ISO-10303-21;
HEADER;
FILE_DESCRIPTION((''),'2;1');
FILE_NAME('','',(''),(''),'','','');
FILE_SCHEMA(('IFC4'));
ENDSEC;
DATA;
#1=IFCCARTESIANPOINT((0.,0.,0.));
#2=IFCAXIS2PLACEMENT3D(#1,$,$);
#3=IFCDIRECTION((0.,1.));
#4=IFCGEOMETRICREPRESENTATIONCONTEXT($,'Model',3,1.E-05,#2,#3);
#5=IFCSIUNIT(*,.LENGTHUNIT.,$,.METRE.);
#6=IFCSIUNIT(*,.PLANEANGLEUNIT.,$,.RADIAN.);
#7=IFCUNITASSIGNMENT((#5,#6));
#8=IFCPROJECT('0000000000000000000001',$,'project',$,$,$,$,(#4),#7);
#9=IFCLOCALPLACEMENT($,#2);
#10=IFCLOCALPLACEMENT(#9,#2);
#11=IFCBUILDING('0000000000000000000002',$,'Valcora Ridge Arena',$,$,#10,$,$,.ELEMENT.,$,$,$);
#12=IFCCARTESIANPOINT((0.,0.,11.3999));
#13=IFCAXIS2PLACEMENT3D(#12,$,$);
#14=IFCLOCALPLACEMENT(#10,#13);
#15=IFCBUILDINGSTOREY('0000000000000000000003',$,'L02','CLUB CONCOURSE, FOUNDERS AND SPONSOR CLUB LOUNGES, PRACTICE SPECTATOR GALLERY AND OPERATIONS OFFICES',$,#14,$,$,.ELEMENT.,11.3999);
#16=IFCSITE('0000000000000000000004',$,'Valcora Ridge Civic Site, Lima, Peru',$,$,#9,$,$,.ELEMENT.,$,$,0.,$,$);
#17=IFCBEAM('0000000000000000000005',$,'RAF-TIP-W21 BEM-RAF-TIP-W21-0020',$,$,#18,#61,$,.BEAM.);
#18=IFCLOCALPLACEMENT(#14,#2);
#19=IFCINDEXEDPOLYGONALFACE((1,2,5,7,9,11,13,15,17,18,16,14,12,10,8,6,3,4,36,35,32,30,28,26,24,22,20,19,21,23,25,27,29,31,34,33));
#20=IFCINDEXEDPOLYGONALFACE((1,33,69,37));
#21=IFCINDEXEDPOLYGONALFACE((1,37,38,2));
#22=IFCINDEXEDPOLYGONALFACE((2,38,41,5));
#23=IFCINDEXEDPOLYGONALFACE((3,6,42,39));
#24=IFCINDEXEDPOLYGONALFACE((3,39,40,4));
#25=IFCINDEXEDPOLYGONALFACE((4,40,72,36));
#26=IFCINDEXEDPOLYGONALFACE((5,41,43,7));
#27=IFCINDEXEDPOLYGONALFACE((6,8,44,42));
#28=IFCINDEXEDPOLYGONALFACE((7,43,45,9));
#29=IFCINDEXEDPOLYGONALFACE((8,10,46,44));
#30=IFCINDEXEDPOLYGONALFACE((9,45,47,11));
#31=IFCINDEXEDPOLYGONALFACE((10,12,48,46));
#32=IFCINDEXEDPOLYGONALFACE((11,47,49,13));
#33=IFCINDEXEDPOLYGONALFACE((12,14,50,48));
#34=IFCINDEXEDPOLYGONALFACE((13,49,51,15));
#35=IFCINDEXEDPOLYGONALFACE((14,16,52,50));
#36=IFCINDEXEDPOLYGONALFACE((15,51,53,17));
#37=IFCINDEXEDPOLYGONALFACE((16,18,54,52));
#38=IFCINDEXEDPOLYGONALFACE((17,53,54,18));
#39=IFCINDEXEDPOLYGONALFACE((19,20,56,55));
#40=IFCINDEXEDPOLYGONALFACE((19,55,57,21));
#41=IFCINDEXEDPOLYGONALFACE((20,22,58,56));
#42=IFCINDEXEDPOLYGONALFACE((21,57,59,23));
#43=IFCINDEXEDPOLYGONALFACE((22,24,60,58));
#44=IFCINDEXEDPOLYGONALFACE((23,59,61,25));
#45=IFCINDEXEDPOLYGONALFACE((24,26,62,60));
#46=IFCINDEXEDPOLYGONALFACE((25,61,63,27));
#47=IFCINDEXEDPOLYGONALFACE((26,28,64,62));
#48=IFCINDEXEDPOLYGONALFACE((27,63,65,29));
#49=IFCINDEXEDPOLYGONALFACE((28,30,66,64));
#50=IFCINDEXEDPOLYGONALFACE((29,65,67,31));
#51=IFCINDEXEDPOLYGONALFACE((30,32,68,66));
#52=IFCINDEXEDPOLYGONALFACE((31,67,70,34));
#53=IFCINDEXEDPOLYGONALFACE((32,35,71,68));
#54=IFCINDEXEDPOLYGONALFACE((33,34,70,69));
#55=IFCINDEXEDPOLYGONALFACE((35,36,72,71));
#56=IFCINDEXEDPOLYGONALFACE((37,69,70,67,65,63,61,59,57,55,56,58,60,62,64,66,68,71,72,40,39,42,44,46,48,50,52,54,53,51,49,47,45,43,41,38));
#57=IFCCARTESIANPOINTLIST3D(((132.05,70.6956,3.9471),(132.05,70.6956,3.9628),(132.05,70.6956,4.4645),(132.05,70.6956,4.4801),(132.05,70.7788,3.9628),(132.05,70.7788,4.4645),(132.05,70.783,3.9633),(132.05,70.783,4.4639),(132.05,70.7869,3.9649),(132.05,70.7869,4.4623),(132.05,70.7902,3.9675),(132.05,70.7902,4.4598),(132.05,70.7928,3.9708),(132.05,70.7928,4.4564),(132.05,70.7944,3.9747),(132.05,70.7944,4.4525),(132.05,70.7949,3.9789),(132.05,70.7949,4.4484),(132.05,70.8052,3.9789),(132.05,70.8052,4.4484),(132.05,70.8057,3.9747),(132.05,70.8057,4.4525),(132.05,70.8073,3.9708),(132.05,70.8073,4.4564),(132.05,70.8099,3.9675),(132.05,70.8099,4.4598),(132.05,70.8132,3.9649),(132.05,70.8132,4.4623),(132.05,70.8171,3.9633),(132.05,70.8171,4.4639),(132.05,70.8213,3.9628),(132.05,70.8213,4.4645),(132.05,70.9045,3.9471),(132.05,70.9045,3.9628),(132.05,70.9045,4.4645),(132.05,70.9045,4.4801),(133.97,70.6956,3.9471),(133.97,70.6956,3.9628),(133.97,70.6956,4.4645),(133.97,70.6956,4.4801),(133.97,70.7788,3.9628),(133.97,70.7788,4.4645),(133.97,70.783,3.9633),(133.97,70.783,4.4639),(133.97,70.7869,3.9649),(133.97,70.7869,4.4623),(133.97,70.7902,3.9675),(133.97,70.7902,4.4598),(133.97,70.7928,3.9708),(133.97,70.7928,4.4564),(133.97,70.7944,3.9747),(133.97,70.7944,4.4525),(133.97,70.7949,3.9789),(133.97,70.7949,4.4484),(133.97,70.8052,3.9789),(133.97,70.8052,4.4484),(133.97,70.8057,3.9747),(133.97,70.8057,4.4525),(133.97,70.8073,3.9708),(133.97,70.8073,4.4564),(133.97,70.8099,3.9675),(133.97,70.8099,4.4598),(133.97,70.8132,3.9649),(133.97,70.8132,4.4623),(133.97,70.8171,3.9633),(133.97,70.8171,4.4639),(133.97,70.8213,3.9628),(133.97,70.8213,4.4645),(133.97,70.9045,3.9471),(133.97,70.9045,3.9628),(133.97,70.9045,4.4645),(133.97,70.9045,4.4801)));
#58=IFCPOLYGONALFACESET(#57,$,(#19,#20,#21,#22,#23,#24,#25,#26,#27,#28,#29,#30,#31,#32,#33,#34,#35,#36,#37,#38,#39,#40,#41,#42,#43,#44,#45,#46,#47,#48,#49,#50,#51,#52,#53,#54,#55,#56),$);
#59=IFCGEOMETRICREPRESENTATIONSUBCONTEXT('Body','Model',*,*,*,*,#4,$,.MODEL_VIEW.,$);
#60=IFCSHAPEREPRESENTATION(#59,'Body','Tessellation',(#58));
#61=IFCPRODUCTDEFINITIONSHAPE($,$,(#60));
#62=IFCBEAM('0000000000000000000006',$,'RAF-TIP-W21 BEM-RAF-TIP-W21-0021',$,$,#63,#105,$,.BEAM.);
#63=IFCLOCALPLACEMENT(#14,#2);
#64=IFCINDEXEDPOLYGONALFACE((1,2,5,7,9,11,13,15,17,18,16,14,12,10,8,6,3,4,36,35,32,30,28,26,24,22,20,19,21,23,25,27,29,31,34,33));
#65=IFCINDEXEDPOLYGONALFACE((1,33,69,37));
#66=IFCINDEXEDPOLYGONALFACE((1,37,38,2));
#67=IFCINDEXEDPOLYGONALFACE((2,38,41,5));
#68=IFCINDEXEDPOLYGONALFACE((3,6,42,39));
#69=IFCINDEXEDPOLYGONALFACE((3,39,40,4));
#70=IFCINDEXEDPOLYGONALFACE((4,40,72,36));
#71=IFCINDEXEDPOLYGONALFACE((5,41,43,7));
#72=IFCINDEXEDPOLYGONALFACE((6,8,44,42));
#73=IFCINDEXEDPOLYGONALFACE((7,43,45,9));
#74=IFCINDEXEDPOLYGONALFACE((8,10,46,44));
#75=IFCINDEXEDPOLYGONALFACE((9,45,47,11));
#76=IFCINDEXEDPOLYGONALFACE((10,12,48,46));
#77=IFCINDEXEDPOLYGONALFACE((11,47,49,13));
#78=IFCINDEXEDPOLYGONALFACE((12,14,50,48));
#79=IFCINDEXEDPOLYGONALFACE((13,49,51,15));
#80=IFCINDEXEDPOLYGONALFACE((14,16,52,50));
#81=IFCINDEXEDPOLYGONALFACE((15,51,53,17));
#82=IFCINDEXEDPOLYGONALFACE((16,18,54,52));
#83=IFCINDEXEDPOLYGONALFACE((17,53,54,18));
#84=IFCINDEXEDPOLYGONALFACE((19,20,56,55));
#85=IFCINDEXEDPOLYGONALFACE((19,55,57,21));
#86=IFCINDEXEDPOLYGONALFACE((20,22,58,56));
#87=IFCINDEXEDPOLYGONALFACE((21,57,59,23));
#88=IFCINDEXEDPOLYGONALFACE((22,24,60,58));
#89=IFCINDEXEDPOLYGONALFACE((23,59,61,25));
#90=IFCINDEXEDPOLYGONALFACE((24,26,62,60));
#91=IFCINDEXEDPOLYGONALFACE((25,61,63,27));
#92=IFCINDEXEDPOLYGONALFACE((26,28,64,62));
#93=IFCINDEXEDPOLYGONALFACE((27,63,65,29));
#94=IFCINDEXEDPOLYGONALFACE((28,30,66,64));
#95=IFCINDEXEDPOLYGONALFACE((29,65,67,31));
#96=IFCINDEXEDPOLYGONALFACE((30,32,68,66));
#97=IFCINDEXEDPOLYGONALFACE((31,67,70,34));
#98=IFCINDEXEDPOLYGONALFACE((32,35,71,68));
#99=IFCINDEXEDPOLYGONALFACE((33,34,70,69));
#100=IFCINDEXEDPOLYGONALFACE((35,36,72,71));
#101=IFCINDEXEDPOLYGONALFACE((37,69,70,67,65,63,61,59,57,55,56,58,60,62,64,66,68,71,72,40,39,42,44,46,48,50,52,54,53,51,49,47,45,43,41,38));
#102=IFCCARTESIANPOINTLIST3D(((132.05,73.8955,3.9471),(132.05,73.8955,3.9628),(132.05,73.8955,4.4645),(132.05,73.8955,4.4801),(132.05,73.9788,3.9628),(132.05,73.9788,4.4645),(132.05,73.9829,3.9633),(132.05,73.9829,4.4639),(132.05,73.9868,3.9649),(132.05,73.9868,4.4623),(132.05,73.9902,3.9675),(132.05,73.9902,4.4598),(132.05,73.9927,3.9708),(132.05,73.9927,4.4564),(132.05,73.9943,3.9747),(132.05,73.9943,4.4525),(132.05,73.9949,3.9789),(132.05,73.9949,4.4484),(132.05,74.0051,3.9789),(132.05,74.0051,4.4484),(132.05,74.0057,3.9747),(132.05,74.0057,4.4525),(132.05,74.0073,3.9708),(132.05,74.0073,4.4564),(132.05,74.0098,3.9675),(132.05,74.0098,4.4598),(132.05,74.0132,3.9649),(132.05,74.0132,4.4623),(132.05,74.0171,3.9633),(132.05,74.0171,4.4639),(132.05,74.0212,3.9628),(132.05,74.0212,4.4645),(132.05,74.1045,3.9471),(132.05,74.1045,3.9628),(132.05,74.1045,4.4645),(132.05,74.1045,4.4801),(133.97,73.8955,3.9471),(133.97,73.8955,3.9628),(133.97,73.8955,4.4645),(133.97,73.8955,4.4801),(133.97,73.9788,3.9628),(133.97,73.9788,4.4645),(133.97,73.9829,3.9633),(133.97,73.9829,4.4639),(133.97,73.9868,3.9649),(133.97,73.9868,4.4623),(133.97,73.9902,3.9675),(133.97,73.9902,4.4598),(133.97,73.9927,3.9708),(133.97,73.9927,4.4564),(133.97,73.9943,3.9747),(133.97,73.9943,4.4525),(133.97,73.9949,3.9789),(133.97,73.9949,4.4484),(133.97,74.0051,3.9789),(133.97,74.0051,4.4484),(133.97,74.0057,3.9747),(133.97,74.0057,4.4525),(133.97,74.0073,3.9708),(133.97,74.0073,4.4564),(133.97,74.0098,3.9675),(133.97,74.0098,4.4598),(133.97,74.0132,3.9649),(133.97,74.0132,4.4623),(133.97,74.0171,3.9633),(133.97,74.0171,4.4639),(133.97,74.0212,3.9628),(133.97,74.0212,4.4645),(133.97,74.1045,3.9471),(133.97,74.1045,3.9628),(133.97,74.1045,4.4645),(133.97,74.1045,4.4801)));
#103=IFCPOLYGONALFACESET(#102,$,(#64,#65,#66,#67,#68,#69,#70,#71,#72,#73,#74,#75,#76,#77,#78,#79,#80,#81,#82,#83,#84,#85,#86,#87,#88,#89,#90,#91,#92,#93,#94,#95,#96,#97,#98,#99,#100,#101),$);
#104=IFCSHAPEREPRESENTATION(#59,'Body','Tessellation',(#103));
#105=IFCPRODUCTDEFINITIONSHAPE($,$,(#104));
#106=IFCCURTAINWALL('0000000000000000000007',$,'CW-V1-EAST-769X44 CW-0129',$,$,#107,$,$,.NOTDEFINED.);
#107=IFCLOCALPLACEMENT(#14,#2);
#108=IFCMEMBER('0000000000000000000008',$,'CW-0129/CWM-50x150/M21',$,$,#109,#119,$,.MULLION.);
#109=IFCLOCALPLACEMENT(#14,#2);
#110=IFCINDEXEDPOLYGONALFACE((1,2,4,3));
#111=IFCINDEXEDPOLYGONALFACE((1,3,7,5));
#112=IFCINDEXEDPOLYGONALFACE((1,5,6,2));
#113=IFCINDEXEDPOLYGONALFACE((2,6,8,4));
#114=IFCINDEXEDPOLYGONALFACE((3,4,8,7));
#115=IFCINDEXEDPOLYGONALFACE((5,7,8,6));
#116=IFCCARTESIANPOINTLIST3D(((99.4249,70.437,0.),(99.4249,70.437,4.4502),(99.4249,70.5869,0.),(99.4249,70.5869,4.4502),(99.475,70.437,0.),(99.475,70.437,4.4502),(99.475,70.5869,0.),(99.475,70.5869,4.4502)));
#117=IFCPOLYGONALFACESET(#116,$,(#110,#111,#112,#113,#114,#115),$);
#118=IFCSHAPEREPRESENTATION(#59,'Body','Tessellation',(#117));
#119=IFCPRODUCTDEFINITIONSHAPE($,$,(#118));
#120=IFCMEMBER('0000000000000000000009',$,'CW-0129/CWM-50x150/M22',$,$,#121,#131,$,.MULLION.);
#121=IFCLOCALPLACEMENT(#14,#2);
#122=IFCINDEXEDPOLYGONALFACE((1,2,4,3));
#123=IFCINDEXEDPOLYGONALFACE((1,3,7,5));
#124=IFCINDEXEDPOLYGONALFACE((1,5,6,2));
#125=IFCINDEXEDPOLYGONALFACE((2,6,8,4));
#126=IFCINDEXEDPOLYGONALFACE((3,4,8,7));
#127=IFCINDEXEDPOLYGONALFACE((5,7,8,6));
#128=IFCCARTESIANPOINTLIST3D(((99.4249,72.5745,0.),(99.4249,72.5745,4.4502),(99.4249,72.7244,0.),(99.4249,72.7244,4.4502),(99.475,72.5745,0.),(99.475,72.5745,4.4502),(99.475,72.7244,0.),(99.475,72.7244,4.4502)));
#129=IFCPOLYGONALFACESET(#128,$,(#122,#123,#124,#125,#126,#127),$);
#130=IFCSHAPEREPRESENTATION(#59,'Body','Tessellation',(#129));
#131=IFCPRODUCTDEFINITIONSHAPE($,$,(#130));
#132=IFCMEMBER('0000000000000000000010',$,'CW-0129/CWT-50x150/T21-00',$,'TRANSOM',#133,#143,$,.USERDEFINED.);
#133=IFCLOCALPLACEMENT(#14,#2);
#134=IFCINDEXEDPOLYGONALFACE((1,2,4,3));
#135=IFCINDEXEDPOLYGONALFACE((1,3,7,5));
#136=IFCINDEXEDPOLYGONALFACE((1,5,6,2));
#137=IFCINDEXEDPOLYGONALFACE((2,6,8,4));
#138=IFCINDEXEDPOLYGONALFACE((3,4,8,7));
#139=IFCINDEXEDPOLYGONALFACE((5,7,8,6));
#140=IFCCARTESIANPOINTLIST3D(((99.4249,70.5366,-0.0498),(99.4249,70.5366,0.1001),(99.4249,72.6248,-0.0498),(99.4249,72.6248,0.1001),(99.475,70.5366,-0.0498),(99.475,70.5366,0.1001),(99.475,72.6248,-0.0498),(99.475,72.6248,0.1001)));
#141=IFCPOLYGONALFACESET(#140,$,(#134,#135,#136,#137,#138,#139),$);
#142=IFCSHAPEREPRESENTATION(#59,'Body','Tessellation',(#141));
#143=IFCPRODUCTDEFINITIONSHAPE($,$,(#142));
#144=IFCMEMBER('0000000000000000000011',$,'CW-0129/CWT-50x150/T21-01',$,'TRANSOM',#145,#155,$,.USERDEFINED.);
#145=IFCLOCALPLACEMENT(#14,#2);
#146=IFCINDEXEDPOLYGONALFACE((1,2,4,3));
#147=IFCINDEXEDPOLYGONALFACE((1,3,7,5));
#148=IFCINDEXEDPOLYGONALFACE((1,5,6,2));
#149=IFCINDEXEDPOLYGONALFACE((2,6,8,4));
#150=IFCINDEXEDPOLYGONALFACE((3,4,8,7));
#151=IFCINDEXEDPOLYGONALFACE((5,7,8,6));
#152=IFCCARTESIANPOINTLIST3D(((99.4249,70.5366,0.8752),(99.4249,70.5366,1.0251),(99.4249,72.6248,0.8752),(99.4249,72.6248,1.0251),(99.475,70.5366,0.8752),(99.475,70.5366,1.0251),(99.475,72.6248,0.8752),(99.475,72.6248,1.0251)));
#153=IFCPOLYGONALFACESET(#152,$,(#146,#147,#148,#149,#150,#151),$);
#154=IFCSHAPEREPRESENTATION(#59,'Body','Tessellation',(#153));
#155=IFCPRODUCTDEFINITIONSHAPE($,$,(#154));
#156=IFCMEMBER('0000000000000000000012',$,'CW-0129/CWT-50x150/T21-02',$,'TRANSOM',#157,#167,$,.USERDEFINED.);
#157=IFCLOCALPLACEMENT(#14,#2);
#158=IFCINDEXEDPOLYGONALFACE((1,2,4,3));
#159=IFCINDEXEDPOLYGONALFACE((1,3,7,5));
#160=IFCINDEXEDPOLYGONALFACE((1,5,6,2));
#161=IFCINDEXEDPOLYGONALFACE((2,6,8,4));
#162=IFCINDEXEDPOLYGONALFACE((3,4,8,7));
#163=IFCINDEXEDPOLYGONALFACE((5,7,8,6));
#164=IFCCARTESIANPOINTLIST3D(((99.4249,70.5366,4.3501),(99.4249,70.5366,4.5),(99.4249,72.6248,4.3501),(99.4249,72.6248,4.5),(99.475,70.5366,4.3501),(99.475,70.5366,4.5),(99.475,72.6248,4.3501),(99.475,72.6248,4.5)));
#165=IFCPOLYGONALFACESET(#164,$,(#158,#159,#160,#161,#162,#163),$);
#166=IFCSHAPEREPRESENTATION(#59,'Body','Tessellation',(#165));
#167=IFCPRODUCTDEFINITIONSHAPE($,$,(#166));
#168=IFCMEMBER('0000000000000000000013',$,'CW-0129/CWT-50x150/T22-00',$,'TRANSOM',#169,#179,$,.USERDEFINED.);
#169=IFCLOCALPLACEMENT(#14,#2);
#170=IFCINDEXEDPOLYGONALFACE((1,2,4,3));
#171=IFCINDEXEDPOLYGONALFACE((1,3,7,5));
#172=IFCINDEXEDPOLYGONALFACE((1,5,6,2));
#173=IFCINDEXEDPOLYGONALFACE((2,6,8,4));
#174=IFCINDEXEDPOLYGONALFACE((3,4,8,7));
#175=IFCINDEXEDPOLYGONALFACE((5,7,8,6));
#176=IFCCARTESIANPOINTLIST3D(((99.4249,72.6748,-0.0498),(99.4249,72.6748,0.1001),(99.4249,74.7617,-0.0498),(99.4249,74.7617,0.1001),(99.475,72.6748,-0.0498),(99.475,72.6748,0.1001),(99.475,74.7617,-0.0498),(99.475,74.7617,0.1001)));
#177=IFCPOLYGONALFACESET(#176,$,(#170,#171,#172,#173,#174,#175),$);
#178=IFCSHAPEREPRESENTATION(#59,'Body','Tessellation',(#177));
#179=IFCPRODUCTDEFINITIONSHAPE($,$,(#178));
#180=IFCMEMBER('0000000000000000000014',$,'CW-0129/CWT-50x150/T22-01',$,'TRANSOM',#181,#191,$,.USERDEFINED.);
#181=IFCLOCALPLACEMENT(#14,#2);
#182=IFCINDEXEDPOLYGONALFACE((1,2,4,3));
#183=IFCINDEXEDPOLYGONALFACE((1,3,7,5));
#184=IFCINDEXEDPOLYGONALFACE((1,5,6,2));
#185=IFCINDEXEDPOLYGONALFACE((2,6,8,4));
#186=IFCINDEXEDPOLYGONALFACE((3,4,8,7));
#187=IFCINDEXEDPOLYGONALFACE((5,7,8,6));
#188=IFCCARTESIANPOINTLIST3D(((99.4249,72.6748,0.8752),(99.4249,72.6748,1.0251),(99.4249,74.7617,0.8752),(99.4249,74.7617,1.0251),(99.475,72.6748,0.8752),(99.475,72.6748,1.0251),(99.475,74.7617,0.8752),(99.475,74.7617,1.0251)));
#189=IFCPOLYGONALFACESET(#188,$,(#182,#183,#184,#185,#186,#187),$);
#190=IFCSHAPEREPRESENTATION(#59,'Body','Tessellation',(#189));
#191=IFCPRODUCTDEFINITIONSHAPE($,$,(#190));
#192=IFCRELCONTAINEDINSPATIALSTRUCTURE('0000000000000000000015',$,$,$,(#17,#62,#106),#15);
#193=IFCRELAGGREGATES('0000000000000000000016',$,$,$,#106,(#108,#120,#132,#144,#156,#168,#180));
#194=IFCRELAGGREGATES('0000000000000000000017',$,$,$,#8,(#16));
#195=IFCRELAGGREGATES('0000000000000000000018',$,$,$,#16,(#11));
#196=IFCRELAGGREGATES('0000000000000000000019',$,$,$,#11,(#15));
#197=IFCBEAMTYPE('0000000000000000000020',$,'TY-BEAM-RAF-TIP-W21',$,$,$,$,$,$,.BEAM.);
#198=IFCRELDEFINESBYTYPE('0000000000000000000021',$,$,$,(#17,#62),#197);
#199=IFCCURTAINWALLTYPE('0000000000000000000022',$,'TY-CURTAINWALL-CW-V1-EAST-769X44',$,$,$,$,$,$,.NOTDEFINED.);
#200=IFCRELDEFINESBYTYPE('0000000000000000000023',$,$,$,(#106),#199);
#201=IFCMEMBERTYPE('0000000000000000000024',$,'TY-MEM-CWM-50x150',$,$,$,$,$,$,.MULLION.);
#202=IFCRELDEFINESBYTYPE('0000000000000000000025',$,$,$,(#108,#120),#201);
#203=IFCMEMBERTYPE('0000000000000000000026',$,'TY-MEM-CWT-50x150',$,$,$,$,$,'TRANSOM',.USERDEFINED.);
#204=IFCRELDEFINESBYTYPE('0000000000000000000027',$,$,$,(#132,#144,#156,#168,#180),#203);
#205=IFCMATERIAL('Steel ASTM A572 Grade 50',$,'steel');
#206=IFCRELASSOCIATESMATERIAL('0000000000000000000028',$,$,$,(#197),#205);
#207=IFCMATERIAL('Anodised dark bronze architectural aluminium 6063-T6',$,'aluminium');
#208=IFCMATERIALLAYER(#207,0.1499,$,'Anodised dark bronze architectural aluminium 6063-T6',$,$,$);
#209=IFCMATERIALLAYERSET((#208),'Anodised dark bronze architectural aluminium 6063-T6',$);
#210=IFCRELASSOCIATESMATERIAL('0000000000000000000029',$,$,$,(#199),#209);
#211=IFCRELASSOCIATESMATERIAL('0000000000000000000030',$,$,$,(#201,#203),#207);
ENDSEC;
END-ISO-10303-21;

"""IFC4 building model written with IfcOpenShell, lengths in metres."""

from ifc_helpers import new_model, si_unit, direction, frame, origin, origin_2d, place, context, subcontext, project, spatial, rectangle, i_section, extrude, material, layer, layer_set, material_profile, profile_set, type_object, element, aggregate, save


model = new_model("IFC4")

# Units and contexts
model_context = context("Model", 3, precision=1e-05, world=origin(), true_north=direction((0.0, 1.0)))
body_context = subcontext(model_context, "Body", "Model", "MODEL_VIEW")
ifc_project = project(units=[si_unit("LENGTHUNIT", "METRE"), si_unit("PLANEANGLEUNIT", "RADIAN")], contexts=[model_context])

# Site, building, storey
site_placement = place(None, origin())
site = spatial("IfcSite", under=ifc_project, at=site_placement, Name="Valcora Ridge Civic Site, Lima, Peru", CompositionType="ELEMENT", RefElevation=0.0)
building_placement = place(site_placement, origin())
building = spatial("IfcBuilding", under=site, at=building_placement, Name="Valcora Ridge Arena", CompositionType="ELEMENT")
storey_placement = place(building_placement, frame((0.0, 0.0, 11.3999)))
storey = spatial("IfcBuildingStorey", under=building, at=storey_placement, Name="L02", Description="CLUB CONCOURSE, FOUNDERS AND SPONSOR CLUB LOUNGES, PRACTICE SPECTATOR GALLERY AND OPERATIONS OFFICES", CompositionType="ELEMENT", Elevation=11.3999)

# Beams
ifc_material_1 = material(Name="Steel ASTM A572 Grade 50", Category="steel")
ifc_material_profile_1 = material_profile(ifc_material_1, i_section(OverallWidth=0.209, OverallDepth=0.533, WebThickness=0.0103, FlangeThickness=0.0156, FilletRadius=0.0161, at=origin_2d()), Name="W21X62")
ifc_profile_set_1 = profile_set([ifc_material_profile_1], Name="Steel ASTM A572 Grade 50")
beam_type_1 = type_object("IfcBeamType", Name="TY-BEAM-RAF-TIP-W21", PredefinedType="BEAM", material=ifc_profile_set_1)
for number, where, z_axis, x_axis, name in (
    (1, (132.05, 70.8, 4.2136), (1.0, 0.0, 0.0), (0.0, 1.0, 0.0), "RAF-TIP-W21 BEM-RAF-TIP-W21-0020"),
    (2, (132.05, 74.0, 4.2136), (1.0, 0.0, 0.0), (0.0, 1.0, 0.0), "RAF-TIP-W21 BEM-RAF-TIP-W21-0021"),
):
    element("IfcBeam", number, at=place(storey_placement, frame(where, z_axis=z_axis, x_axis=x_axis)), inside=storey, type_object=beam_type_1, Name=name, PredefinedType="BEAM", context=body_context, shape_type="SweptSolid", body=[
        extrude(i_section(OverallWidth=0.209, OverallDepth=0.533, WebThickness=0.0103, FlangeThickness=0.0156, FilletRadius=0.0161, at=origin_2d()), origin(), (0.0, 0.0, 1.0), 1.9199),
    ])

# Curtain wall, members
ifc_material_2 = material(Name="Anodised dark bronze architectural aluminium 6063-T6", Category="aluminium")
ifc_layer_1 = layer(ifc_material_2, 0.1499, Name="Anodised dark bronze architectural aluminium 6063-T6")
ifc_layer_set_1 = layer_set([ifc_layer_1], Name="Anodised dark bronze architectural aluminium 6063-T6")
curtain_wall_type = type_object("IfcCurtainWallType", Name="TY-CURTAINWALL-CW-V1-EAST-769X44", PredefinedType="NOTDEFINED", material=ifc_layer_set_1)
curtain_wall_placement = place(storey_placement, origin())
curtain_wall = element("IfcCurtainWall", 3, at=curtain_wall_placement, inside=storey, type_object=curtain_wall_type, Name="CW-V1-EAST-769X44 CW-0129", PredefinedType="NOTDEFINED")
ifc_material_profile_2 = material_profile(ifc_material_2, rectangle(XDim=0.05, YDim=0.1499, at=origin_2d()), Name="ALU MULLION 50x150")
ifc_profile_set_2 = profile_set([ifc_material_profile_2], Name="Anodised dark bronze architectural aluminium 6063-T6")
member_type_1 = type_object("IfcMemberType", Name="TY-MEM-CWM-50x150", PredefinedType="MULLION", material=ifc_profile_set_2)
member_1_placement = place(storey_placement, frame((99.45, 70.512, 0.0), z_axis=(0.0, 0.0, 1.0), x_axis=(-1.0, 0.0, 0.0)))
member_1 = element("IfcMember", 4, at=member_1_placement, type_object=member_type_1, Name="CW-0129/CWM-50x150/M21", PredefinedType="MULLION", context=body_context, shape_type="SweptSolid", body=[
    extrude(rectangle(XDim=0.05, YDim=0.1499, at=origin_2d()), origin(), (0.0, 0.0, 1.0), 4.4502),
])
member_2_placement = place(storey_placement, frame((99.45, 72.6494, 0.0), z_axis=(0.0, 0.0, 1.0), x_axis=(-1.0, 0.0, 0.0)))
member_2 = element("IfcMember", 5, at=member_2_placement, type_object=member_type_1, Name="CW-0129/CWM-50x150/M22", PredefinedType="MULLION", context=body_context, shape_type="SweptSolid", body=[
    extrude(rectangle(XDim=0.05, YDim=0.1499, at=origin_2d()), origin(), (0.0, 0.0, 1.0), 4.4502),
])
ifc_material_profile_3 = material_profile(ifc_material_2, rectangle(XDim=0.05, YDim=0.1499, at=origin_2d()), Name="ALU TRANSOM 50x150")
ifc_profile_set_3 = profile_set([ifc_material_profile_3], Name="Anodised dark bronze architectural aluminium 6063-T6")
member_type_2 = type_object("IfcMemberType", Name="TY-MEM-CWT-50x150", ElementType="TRANSOM", PredefinedType="USERDEFINED", material=ifc_profile_set_3)
member_3_placement = place(storey_placement, frame((99.45, 70.5366, 0.0251), z_axis=(0.0, 1.0, 0.0), x_axis=(-1.0, 0.0, 0.0)))
member_3 = element("IfcMember", 6, at=member_3_placement, type_object=member_type_2, Name="CW-0129/CWT-50x150/T21-00", ObjectType="TRANSOM", PredefinedType="USERDEFINED", context=body_context, shape_type="SweptSolid", body=[
    extrude(rectangle(XDim=0.05, YDim=0.1499, at=origin_2d()), origin(), (0.0, 0.0, 1.0), 2.0881),
])
member_4_placement = place(storey_placement, frame((99.45, 70.5366, 0.9502), z_axis=(0.0, 1.0, 0.0), x_axis=(-1.0, 0.0, 0.0)))
member_4 = element("IfcMember", 7, at=member_4_placement, type_object=member_type_2, Name="CW-0129/CWT-50x150/T21-01", ObjectType="TRANSOM", PredefinedType="USERDEFINED", context=body_context, shape_type="SweptSolid", body=[
    extrude(rectangle(XDim=0.05, YDim=0.1499, at=origin_2d()), origin(), (0.0, 0.0, 1.0), 2.0881),
])
member_5_placement = place(storey_placement, frame((99.45, 70.5366, 4.425), z_axis=(0.0, 1.0, 0.0), x_axis=(-1.0, 0.0, 0.0)))
member_5 = element("IfcMember", 8, at=member_5_placement, type_object=member_type_2, Name="CW-0129/CWT-50x150/T21-02", ObjectType="TRANSOM", PredefinedType="USERDEFINED", context=body_context, shape_type="SweptSolid", body=[
    extrude(rectangle(XDim=0.05, YDim=0.1499, at=origin_2d()), origin(), (0.0, 0.0, 1.0), 2.0881),
])
member_6_placement = place(storey_placement, frame((99.45, 72.6748, 0.0251), z_axis=(0.0, 1.0, 0.0), x_axis=(-1.0, 0.0, 0.0)))
member_6 = element("IfcMember", 9, at=member_6_placement, type_object=member_type_2, Name="CW-0129/CWT-50x150/T22-00", ObjectType="TRANSOM", PredefinedType="USERDEFINED", context=body_context, shape_type="SweptSolid", body=[
    extrude(rectangle(XDim=0.05, YDim=0.1499, at=origin_2d()), origin(), (0.0, 0.0, 1.0), 2.0869),
])
member_7_placement = place(storey_placement, frame((99.45, 72.6748, 0.9502), z_axis=(0.0, 1.0, 0.0), x_axis=(-1.0, 0.0, 0.0)))
member_7 = element("IfcMember", 10, at=member_7_placement, type_object=member_type_2, Name="CW-0129/CWT-50x150/T22-01", ObjectType="TRANSOM", PredefinedType="USERDEFINED", context=body_context, shape_type="SweptSolid", body=[
    extrude(rectangle(XDim=0.05, YDim=0.1499, at=origin_2d()), origin(), (0.0, 0.0, 1.0), 2.0869),
])

aggregate(curtain_wall, [member_1, member_2, member_3, member_4, member_5, member_6, member_7])

save(model, "model.ifc")
